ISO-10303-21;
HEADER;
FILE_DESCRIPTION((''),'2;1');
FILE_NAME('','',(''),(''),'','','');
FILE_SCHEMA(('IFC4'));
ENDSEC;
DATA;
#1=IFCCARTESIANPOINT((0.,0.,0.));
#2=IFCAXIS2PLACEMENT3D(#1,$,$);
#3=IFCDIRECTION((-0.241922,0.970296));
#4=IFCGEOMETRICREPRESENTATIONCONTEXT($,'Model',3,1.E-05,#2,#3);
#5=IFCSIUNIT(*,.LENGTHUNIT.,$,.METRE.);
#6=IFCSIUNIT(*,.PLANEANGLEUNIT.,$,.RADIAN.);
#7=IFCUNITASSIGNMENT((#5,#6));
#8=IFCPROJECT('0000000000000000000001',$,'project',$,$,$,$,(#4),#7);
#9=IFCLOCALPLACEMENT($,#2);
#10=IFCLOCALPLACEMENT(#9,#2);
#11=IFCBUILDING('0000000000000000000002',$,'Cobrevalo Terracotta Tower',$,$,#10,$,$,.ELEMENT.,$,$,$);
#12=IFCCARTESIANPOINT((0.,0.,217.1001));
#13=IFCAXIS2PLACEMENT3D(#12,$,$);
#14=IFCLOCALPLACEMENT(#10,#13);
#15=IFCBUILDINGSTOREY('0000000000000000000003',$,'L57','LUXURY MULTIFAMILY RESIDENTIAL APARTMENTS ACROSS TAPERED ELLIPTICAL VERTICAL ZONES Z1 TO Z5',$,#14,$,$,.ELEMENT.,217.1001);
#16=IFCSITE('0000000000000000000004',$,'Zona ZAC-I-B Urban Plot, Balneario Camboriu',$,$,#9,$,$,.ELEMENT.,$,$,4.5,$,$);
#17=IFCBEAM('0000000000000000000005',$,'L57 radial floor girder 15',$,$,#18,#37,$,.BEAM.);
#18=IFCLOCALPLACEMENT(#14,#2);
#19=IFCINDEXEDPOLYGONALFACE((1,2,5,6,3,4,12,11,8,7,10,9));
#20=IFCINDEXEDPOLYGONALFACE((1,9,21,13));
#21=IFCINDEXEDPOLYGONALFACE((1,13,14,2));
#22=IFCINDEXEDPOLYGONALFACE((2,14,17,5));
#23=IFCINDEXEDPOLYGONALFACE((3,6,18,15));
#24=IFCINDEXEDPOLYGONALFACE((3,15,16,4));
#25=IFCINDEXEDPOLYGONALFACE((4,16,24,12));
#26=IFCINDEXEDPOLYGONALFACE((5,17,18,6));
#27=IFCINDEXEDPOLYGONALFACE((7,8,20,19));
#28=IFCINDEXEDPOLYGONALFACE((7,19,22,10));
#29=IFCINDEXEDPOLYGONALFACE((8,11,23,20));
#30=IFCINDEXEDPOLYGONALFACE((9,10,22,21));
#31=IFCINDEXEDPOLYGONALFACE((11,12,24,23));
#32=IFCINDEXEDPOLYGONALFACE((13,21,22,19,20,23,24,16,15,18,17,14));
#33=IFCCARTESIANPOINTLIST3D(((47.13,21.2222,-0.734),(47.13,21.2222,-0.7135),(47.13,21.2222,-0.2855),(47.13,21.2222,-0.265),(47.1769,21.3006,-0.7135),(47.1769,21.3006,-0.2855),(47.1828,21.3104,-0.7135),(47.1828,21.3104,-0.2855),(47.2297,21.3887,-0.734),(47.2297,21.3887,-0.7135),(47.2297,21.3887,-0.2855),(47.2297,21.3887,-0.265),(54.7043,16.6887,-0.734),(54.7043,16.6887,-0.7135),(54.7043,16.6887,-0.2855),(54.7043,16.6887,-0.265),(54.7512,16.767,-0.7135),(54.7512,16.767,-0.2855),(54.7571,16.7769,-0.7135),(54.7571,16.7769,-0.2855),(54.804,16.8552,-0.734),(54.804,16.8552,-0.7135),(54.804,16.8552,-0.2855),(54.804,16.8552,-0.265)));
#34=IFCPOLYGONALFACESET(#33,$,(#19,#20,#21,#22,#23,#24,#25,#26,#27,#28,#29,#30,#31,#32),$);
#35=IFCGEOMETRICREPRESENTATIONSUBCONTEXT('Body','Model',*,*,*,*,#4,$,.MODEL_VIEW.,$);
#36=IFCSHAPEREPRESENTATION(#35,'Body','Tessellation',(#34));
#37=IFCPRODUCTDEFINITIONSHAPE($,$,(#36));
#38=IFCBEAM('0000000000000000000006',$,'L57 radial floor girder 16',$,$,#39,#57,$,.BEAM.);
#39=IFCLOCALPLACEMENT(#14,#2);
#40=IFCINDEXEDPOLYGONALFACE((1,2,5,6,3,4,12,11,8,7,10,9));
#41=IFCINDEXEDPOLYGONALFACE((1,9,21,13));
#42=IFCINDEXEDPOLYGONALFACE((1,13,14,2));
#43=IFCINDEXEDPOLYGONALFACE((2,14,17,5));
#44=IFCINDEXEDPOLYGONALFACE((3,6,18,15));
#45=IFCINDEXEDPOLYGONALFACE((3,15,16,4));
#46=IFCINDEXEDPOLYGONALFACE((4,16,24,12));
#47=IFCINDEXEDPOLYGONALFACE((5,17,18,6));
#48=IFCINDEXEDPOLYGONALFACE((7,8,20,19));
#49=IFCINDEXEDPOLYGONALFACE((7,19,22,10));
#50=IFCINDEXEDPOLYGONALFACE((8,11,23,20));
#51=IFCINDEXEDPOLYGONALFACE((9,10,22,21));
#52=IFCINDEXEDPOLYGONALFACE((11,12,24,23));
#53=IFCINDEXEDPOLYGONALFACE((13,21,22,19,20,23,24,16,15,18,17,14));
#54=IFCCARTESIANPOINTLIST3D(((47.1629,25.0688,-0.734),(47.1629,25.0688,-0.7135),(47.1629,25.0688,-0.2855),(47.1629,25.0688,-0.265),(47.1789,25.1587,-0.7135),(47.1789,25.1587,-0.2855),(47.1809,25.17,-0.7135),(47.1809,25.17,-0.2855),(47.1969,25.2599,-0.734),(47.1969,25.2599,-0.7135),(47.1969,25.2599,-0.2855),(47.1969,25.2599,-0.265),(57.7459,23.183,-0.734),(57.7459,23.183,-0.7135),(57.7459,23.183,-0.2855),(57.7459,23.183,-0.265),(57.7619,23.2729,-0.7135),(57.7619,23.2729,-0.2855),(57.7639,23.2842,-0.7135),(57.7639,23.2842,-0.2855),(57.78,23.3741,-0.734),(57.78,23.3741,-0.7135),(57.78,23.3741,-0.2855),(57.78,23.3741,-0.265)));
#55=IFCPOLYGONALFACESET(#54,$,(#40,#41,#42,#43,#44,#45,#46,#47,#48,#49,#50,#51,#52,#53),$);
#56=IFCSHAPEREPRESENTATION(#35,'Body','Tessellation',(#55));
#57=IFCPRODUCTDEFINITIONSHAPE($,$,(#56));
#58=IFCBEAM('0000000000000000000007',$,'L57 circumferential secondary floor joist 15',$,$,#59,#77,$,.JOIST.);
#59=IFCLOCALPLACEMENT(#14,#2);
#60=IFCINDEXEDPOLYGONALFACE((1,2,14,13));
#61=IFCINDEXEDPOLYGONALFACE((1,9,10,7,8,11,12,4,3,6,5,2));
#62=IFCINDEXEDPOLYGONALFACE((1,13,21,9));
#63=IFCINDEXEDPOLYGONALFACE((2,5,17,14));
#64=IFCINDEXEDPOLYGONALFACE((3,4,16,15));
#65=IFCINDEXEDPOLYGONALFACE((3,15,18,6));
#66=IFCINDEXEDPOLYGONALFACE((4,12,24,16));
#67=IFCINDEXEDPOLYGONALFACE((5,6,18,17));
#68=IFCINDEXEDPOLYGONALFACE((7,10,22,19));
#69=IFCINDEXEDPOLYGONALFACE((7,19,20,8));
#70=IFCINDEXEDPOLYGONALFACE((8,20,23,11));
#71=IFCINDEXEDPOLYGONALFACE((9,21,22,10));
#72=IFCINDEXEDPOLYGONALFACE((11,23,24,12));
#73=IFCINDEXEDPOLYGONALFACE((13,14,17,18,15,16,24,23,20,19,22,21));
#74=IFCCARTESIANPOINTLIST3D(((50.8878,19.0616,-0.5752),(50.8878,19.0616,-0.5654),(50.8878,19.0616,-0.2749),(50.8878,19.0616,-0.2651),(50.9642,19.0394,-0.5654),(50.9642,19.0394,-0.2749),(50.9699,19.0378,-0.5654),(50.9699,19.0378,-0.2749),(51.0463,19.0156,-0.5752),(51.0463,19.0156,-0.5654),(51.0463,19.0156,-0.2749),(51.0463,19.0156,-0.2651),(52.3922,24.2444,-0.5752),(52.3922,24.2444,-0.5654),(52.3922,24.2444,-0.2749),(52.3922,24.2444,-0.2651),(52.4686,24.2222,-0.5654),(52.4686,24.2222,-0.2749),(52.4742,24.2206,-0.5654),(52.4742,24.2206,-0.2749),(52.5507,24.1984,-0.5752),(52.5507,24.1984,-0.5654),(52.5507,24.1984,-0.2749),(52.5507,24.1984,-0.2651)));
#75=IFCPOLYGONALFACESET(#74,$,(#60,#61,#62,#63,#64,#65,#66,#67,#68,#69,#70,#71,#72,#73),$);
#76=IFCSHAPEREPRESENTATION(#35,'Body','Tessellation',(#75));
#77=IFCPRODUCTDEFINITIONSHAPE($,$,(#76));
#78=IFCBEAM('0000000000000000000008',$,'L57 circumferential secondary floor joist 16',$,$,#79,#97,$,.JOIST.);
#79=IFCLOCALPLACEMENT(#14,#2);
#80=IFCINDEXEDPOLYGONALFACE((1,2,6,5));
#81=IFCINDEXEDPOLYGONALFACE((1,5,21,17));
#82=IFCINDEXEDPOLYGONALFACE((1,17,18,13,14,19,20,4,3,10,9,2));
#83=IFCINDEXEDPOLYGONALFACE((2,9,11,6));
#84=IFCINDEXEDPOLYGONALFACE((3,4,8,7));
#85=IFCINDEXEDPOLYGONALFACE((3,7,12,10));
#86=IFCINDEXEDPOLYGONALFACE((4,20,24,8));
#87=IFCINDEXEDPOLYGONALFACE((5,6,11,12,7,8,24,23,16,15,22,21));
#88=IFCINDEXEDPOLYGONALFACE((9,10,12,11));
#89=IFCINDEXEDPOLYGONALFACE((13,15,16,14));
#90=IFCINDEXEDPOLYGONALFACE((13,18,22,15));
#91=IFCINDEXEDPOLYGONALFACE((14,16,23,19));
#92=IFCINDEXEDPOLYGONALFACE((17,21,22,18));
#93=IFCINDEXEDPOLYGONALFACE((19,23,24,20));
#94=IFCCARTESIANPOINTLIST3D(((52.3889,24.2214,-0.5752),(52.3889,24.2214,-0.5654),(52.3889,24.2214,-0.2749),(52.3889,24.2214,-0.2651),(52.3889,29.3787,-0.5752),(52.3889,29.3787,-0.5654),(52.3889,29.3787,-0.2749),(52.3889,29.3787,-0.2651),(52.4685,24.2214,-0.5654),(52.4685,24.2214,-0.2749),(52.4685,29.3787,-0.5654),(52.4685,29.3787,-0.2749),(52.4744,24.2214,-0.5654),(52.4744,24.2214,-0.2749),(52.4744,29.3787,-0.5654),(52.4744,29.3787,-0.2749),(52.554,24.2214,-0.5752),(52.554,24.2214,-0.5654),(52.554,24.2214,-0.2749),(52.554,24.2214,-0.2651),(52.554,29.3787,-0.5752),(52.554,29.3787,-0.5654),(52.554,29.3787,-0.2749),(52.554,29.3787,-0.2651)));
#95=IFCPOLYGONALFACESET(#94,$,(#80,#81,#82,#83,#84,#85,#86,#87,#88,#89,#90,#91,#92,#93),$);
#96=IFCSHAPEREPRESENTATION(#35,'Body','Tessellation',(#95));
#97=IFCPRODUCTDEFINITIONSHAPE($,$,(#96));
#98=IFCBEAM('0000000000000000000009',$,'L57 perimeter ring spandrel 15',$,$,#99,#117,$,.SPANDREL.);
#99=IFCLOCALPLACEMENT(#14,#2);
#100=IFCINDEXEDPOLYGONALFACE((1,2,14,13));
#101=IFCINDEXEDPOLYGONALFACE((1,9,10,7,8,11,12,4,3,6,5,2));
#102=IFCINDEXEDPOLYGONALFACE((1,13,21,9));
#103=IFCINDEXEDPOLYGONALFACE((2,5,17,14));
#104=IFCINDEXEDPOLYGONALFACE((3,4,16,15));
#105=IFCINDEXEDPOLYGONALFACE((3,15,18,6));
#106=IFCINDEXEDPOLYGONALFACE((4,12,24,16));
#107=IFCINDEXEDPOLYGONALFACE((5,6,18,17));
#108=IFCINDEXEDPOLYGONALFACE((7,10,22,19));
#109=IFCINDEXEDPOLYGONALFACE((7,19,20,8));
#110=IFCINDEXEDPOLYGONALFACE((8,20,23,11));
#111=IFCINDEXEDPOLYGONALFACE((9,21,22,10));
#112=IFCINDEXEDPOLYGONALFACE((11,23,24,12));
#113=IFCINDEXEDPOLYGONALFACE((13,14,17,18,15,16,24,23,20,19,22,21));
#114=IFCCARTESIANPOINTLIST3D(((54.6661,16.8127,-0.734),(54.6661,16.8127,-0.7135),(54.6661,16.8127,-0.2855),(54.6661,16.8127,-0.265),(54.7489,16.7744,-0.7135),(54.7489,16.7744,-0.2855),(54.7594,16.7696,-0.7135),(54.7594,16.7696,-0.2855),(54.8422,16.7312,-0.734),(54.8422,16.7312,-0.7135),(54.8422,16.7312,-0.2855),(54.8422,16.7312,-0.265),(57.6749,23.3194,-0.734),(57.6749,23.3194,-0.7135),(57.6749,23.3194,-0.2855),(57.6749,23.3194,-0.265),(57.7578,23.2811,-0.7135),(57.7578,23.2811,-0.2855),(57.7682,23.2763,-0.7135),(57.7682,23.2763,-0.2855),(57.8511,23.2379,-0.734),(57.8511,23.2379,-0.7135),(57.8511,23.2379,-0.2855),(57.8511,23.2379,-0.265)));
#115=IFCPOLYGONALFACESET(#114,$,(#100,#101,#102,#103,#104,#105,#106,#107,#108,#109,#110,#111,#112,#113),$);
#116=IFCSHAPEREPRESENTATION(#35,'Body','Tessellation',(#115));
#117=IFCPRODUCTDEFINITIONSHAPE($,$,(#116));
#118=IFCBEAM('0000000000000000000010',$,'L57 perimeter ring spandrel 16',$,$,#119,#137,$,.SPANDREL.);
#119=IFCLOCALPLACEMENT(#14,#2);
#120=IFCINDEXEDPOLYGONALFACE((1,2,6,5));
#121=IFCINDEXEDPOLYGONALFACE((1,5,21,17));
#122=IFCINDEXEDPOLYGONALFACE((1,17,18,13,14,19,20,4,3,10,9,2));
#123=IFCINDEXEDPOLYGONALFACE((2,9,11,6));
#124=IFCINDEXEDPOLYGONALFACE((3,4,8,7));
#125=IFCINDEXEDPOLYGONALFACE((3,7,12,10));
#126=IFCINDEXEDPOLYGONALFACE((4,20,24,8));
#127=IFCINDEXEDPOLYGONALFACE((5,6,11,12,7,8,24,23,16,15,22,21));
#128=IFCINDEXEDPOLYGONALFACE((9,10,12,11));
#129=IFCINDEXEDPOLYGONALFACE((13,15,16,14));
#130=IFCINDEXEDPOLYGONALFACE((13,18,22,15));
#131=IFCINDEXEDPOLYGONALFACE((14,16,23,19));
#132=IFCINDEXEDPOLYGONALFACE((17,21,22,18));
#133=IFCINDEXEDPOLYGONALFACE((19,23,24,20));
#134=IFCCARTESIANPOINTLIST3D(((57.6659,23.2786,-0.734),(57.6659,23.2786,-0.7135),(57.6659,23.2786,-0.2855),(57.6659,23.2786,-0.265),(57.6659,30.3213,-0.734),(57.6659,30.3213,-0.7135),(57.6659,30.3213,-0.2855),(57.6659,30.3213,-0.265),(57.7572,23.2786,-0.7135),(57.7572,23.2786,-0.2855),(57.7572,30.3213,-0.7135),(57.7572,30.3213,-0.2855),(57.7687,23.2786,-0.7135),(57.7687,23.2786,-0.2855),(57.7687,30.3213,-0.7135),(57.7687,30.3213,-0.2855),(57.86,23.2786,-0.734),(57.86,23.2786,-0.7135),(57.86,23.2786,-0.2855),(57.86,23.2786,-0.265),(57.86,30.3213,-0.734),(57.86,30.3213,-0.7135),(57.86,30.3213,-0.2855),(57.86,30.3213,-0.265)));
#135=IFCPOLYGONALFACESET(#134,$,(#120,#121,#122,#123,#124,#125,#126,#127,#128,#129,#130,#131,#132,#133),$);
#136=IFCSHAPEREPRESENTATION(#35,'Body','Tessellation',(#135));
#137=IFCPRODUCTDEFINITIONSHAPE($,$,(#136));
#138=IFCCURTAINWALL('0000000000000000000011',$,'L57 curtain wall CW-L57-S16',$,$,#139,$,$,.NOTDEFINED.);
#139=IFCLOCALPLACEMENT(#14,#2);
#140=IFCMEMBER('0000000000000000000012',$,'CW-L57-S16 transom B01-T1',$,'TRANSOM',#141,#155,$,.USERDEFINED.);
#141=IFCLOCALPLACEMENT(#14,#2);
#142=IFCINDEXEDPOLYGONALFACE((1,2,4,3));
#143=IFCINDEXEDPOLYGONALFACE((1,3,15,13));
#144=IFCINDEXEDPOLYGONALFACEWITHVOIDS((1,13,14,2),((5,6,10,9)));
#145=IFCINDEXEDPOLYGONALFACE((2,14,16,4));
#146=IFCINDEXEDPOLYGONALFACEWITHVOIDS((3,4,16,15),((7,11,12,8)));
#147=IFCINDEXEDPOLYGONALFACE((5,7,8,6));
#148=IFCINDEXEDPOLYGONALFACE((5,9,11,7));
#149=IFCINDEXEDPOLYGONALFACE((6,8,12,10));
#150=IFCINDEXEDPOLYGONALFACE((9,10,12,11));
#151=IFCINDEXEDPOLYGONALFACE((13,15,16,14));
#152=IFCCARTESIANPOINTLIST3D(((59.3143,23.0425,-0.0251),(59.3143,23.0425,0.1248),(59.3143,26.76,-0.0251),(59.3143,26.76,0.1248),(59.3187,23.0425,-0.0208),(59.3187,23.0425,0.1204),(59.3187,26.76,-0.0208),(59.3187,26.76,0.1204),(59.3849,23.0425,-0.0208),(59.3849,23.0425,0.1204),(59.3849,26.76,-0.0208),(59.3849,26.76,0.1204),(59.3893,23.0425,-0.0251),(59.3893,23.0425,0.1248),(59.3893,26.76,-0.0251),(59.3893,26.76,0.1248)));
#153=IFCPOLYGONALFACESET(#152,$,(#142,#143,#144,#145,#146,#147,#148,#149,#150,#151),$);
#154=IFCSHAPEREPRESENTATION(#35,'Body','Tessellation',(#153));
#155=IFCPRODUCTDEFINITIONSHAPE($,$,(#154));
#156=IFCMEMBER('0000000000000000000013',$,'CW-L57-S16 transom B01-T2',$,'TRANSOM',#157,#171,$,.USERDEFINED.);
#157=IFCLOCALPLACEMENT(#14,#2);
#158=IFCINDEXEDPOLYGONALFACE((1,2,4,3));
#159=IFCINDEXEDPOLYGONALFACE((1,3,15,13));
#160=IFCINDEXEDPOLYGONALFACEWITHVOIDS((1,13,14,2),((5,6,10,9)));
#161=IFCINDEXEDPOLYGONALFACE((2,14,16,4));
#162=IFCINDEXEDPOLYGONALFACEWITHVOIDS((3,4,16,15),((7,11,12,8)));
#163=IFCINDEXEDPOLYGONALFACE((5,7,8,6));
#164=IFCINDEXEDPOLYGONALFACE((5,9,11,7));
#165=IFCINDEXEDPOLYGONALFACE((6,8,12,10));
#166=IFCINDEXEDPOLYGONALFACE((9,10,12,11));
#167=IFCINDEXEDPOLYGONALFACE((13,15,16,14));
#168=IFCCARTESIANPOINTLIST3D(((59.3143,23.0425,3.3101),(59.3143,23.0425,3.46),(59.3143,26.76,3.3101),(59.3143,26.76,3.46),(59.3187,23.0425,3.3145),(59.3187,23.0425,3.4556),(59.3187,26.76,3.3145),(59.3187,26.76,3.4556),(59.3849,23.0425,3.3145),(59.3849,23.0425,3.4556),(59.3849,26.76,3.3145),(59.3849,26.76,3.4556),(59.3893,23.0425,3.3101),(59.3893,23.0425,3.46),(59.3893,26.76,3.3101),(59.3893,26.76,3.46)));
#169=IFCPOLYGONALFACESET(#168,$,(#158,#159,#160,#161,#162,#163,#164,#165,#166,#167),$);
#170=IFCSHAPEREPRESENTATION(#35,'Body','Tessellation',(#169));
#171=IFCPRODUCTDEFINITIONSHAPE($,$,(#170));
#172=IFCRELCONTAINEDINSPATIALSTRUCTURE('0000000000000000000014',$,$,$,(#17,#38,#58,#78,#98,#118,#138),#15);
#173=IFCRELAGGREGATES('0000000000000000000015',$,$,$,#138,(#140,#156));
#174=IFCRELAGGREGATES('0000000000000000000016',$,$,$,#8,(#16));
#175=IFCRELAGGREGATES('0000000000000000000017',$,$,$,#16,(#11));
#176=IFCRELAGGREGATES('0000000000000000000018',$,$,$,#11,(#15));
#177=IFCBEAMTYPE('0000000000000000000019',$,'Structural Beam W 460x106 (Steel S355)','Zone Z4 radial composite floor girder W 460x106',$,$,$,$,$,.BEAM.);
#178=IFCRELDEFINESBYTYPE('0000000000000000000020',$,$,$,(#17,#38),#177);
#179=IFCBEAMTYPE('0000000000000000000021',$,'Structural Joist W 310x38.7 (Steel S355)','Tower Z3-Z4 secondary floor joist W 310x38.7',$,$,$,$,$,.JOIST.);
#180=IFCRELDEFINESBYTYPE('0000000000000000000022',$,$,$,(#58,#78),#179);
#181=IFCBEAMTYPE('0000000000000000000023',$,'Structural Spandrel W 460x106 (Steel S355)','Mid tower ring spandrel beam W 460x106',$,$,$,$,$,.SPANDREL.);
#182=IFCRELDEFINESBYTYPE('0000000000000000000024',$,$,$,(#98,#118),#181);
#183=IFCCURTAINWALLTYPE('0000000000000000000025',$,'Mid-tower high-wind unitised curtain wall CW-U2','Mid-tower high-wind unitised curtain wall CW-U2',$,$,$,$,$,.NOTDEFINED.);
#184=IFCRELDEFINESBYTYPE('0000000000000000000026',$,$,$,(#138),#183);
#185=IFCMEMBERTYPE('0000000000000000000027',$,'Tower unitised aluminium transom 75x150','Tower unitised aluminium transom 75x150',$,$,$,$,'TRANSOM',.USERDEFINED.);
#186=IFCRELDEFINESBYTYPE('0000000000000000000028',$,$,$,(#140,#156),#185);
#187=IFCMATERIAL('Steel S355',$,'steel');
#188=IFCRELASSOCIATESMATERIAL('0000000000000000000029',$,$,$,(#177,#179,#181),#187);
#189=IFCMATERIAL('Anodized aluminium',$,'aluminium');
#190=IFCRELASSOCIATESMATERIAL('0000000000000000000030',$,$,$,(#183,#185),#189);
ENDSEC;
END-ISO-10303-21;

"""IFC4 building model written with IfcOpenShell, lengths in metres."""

from ifc_helpers import new_model, si_unit, direction, frame, origin, origin_2d, place, context, subcontext, project, spatial, hollow_rectangle, i_section, extrude, source, transform, mapped, material, material_profile, profile_set, type_object, element, aggregate, save


model = new_model("IFC4")

# Units and contexts
model_context = context("Model", 3, precision=1e-05, world=origin(), true_north=direction((-0.241922, 0.970296)))
body_context = subcontext(model_context, "Body", "Model", "MODEL_VIEW")
ifc_project = project(units=[si_unit("LENGTHUNIT", "METRE"), si_unit("PLANEANGLEUNIT", "RADIAN")], contexts=[model_context])

# Site, building, storey
site_placement = place(None, origin())
site = spatial("IfcSite", under=ifc_project, at=site_placement, Name="Zona ZAC-I-B Urban Plot, Balneario Camboriu", CompositionType="ELEMENT", RefElevation=4.5)
building_placement = place(site_placement, origin())
building = spatial("IfcBuilding", under=site, at=building_placement, Name="Cobrevalo Terracotta Tower", CompositionType="ELEMENT")
storey_placement = place(building_placement, frame((0.0, 0.0, 217.1001)))
storey = spatial("IfcBuildingStorey", under=building, at=storey_placement, Name="L57", Description="LUXURY MULTIFAMILY RESIDENTIAL APARTMENTS ACROSS TAPERED ELLIPTICAL VERTICAL ZONES Z1 TO Z5", CompositionType="ELEMENT", Elevation=217.1001)

# Shared definitions
ifc_material_1 = material(Name="Steel S355", Category="steel")

# Beams
ifc_material_profile_1 = material_profile(ifc_material_1, i_section(OverallWidth=0.1941, OverallDepth=0.469, WebThickness=0.0115, FlangeThickness=0.0205, at=origin_2d()), Name="W 460x106")
ifc_profile_set_1 = profile_set([ifc_material_profile_1], Name="Steel S355")
beam_type_1 = type_object("IfcBeamType", Name="Structural Beam W 460x106 (Steel S355)", Description="Zone Z4 radial composite floor girder W 460x106", PredefinedType="BEAM", material=ifc_profile_set_1)
beam_1_placement = place(storey_placement, frame((54.7542, 16.772, -0.4995), z_axis=(-0.858046, 0.513572, 0.0), x_axis=(-0.513572, -0.858046, 0.0)))
element("IfcBeam", 1, at=beam_1_placement, inside=storey, type_object=beam_type_1, Name="L57 radial floor girder 15", PredefinedType="BEAM", context=body_context, shape_type="SweptSolid", body=[
    extrude(i_section(OverallWidth=0.1941, OverallDepth=0.469, WebThickness=0.0115, FlangeThickness=0.0205, at=origin_2d()), origin(), (0.0, 0.0, 1.0), 8.8274),
])
beam_2_placement = place(storey_placement, frame((57.7629, 23.2786, -0.4995), z_axis=(-0.984493, 0.175423, 0.0), x_axis=(-0.175423, -0.984493, 0.0)))
element("IfcBeam", 2, at=beam_2_placement, inside=storey, type_object=beam_type_1, Name="L57 radial floor girder 16", PredefinedType="BEAM", context=body_context, shape_type="SweptSolid", body=[
    extrude(i_section(OverallWidth=0.1941, OverallDepth=0.469, WebThickness=0.0115, FlangeThickness=0.0205, at=origin_2d()), origin(), (0.0, 0.0, 1.0), 10.7498),
])
ifc_material_profile_2 = material_profile(ifc_material_1, i_section(OverallWidth=0.165, OverallDepth=0.3101, WebThickness=0.0059, FlangeThickness=0.0098, at=origin_2d()), Name="W 310x38.7")
ifc_profile_set_2 = profile_set([ifc_material_profile_2], Name="Steel S355")
beam_type_2 = type_object("IfcBeamType", Name="Structural Joist W 310x38.7 (Steel S355)", Description="Tower Z3-Z4 secondary floor joist W 310x38.7", PredefinedType="JOIST", material=ifc_profile_set_2)
beam_3_placement = place(storey_placement, frame((50.967, 19.0386, -0.4202), z_axis=(0.278758, 0.960361, 0.0), x_axis=(-0.960361, 0.278758, 0.0)))
element("IfcBeam", 3, at=beam_3_placement, inside=storey, type_object=beam_type_2, Name="L57 circumferential secondary floor joist 15", PredefinedType="JOIST", context=body_context, shape_type="SweptSolid", body=[
    extrude(i_section(OverallWidth=0.165, OverallDepth=0.3101, WebThickness=0.0059, FlangeThickness=0.0098, at=origin_2d()), origin(), (0.0, 0.0, 1.0), 5.3967),
])
beam_4_placement = place(storey_placement, frame((52.4714, 24.2214, -0.4202), z_axis=(0.0, 1.0, 0.0), x_axis=(-1.0, 0.0, 0.0)))
element("IfcBeam", 4, at=beam_4_placement, inside=storey, type_object=beam_type_2, Name="L57 circumferential secondary floor joist 16", PredefinedType="JOIST", context=body_context, shape_type="SweptSolid", body=[
    extrude(i_section(OverallWidth=0.165, OverallDepth=0.3101, WebThickness=0.0059, FlangeThickness=0.0098, at=origin_2d()), origin(), (0.0, 0.0, 1.0), 5.1572),
])
ifc_material_profile_3 = material_profile(ifc_material_1, i_section(OverallWidth=0.1941, OverallDepth=0.469, WebThickness=0.0115, FlangeThickness=0.0205, at=origin_2d()), Name="W 460x106")
ifc_profile_set_3 = profile_set([ifc_material_profile_3], Name="Steel S355")
beam_type_3 = type_object("IfcBeamType", Name="Structural Spandrel W 460x106 (Steel S355)", Description="Mid tower ring spandrel beam W 460x106", PredefinedType="SPANDREL", material=ifc_profile_set_3)
beam_5_placement = place(storey_placement, frame((54.7542, 16.772, -0.4995), z_axis=(0.419719, 0.907654, 0.0), x_axis=(-0.907654, 0.419719, 0.0)))
element("IfcBeam", 5, at=beam_5_placement, inside=storey, type_object=beam_type_3, Name="L57 perimeter ring spandrel 15", PredefinedType="SPANDREL", context=body_context, shape_type="SweptSolid", body=[
    extrude(i_section(OverallWidth=0.1941, OverallDepth=0.469, WebThickness=0.0115, FlangeThickness=0.0205, at=origin_2d()), origin(), (0.0, 0.0, 1.0), 7.1687),
])
beam_6_placement = place(storey_placement, frame((57.7629, 23.2786, -0.4995), z_axis=(0.0, 1.0, 0.0), x_axis=(-1.0, 0.0, 0.0)))
element("IfcBeam", 6, at=beam_6_placement, inside=storey, type_object=beam_type_3, Name="L57 perimeter ring spandrel 16", PredefinedType="SPANDREL", context=body_context, shape_type="SweptSolid", body=[
    extrude(i_section(OverallWidth=0.1941, OverallDepth=0.469, WebThickness=0.0115, FlangeThickness=0.0205, at=origin_2d()), origin(), (0.0, 0.0, 1.0), 7.0427),
])

# Curtain wall, members
ifc_material_2 = material(Name="Anodized aluminium", Category="aluminium")
curtain_wall_type = type_object("IfcCurtainWallType", Name="Mid-tower high-wind unitised curtain wall CW-U2", Description="Mid-tower high-wind unitised curtain wall CW-U2", PredefinedType="NOTDEFINED", material=ifc_material_2)
curtain_wall_placement = place(storey_placement, origin())
curtain_wall = element("IfcCurtainWall", 7, at=curtain_wall_placement, inside=storey, type_object=curtain_wall_type, Name="L57 curtain wall CW-L57-S16", PredefinedType="NOTDEFINED")
ifc_material_profile_4 = material_profile(ifc_material_2, hollow_rectangle(XDim=0.075, YDim=0.1499, WallThickness=0.0044, at=origin_2d()), Name="CWT 75x150")
ifc_profile_set_4 = profile_set([ifc_material_profile_4], Name="Anodized aluminium")
member_type_1 = type_object("IfcMemberType", Name="Tower unitised aluminium transom 75x150", Description="Tower unitised aluminium transom 75x150", ElementType="TRANSOM", PredefinedType="USERDEFINED", material=ifc_profile_set_4)
shared_shape_1 = source(origin(), body_context, "Body", "SweptSolid", [
    extrude(hollow_rectangle(XDim=0.075, YDim=0.1499, WallThickness=0.0044, at=origin_2d()), origin(), (0.0, 0.0, 1.0), 3.7175),
])
member_1_placement = place(storey_placement, frame((59.3518, 23.0425, 0.0498), z_axis=(0.0, 1.0, 0.0), x_axis=(-1.0, 0.0, 0.0)))
member_1 = element("IfcMember", 8, at=member_1_placement, type_object=member_type_1, Name="CW-L57-S16 transom B01-T1", ObjectType="TRANSOM", PredefinedType="USERDEFINED", context=body_context, shape_type="MappedRepresentation", body=[
    mapped(shared_shape_1, transform((0.0, 0.0, 0.0), scale=1.0)),
])
member_2_placement = place(storey_placement, frame((59.3518, 23.0425, 3.385), z_axis=(0.0, 1.0, 0.0), x_axis=(-1.0, 0.0, 0.0)))
member_2 = element("IfcMember", 9, at=member_2_placement, type_object=member_type_1, Name="CW-L57-S16 transom B01-T2", ObjectType="TRANSOM", PredefinedType="USERDEFINED", context=body_context, shape_type="MappedRepresentation", body=[
    mapped(shared_shape_1, transform((0.0, 0.0, 0.0), scale=1.0)),
])
aggregate(curtain_wall, [member_1, member_2])

save(model, "model.ifc")
